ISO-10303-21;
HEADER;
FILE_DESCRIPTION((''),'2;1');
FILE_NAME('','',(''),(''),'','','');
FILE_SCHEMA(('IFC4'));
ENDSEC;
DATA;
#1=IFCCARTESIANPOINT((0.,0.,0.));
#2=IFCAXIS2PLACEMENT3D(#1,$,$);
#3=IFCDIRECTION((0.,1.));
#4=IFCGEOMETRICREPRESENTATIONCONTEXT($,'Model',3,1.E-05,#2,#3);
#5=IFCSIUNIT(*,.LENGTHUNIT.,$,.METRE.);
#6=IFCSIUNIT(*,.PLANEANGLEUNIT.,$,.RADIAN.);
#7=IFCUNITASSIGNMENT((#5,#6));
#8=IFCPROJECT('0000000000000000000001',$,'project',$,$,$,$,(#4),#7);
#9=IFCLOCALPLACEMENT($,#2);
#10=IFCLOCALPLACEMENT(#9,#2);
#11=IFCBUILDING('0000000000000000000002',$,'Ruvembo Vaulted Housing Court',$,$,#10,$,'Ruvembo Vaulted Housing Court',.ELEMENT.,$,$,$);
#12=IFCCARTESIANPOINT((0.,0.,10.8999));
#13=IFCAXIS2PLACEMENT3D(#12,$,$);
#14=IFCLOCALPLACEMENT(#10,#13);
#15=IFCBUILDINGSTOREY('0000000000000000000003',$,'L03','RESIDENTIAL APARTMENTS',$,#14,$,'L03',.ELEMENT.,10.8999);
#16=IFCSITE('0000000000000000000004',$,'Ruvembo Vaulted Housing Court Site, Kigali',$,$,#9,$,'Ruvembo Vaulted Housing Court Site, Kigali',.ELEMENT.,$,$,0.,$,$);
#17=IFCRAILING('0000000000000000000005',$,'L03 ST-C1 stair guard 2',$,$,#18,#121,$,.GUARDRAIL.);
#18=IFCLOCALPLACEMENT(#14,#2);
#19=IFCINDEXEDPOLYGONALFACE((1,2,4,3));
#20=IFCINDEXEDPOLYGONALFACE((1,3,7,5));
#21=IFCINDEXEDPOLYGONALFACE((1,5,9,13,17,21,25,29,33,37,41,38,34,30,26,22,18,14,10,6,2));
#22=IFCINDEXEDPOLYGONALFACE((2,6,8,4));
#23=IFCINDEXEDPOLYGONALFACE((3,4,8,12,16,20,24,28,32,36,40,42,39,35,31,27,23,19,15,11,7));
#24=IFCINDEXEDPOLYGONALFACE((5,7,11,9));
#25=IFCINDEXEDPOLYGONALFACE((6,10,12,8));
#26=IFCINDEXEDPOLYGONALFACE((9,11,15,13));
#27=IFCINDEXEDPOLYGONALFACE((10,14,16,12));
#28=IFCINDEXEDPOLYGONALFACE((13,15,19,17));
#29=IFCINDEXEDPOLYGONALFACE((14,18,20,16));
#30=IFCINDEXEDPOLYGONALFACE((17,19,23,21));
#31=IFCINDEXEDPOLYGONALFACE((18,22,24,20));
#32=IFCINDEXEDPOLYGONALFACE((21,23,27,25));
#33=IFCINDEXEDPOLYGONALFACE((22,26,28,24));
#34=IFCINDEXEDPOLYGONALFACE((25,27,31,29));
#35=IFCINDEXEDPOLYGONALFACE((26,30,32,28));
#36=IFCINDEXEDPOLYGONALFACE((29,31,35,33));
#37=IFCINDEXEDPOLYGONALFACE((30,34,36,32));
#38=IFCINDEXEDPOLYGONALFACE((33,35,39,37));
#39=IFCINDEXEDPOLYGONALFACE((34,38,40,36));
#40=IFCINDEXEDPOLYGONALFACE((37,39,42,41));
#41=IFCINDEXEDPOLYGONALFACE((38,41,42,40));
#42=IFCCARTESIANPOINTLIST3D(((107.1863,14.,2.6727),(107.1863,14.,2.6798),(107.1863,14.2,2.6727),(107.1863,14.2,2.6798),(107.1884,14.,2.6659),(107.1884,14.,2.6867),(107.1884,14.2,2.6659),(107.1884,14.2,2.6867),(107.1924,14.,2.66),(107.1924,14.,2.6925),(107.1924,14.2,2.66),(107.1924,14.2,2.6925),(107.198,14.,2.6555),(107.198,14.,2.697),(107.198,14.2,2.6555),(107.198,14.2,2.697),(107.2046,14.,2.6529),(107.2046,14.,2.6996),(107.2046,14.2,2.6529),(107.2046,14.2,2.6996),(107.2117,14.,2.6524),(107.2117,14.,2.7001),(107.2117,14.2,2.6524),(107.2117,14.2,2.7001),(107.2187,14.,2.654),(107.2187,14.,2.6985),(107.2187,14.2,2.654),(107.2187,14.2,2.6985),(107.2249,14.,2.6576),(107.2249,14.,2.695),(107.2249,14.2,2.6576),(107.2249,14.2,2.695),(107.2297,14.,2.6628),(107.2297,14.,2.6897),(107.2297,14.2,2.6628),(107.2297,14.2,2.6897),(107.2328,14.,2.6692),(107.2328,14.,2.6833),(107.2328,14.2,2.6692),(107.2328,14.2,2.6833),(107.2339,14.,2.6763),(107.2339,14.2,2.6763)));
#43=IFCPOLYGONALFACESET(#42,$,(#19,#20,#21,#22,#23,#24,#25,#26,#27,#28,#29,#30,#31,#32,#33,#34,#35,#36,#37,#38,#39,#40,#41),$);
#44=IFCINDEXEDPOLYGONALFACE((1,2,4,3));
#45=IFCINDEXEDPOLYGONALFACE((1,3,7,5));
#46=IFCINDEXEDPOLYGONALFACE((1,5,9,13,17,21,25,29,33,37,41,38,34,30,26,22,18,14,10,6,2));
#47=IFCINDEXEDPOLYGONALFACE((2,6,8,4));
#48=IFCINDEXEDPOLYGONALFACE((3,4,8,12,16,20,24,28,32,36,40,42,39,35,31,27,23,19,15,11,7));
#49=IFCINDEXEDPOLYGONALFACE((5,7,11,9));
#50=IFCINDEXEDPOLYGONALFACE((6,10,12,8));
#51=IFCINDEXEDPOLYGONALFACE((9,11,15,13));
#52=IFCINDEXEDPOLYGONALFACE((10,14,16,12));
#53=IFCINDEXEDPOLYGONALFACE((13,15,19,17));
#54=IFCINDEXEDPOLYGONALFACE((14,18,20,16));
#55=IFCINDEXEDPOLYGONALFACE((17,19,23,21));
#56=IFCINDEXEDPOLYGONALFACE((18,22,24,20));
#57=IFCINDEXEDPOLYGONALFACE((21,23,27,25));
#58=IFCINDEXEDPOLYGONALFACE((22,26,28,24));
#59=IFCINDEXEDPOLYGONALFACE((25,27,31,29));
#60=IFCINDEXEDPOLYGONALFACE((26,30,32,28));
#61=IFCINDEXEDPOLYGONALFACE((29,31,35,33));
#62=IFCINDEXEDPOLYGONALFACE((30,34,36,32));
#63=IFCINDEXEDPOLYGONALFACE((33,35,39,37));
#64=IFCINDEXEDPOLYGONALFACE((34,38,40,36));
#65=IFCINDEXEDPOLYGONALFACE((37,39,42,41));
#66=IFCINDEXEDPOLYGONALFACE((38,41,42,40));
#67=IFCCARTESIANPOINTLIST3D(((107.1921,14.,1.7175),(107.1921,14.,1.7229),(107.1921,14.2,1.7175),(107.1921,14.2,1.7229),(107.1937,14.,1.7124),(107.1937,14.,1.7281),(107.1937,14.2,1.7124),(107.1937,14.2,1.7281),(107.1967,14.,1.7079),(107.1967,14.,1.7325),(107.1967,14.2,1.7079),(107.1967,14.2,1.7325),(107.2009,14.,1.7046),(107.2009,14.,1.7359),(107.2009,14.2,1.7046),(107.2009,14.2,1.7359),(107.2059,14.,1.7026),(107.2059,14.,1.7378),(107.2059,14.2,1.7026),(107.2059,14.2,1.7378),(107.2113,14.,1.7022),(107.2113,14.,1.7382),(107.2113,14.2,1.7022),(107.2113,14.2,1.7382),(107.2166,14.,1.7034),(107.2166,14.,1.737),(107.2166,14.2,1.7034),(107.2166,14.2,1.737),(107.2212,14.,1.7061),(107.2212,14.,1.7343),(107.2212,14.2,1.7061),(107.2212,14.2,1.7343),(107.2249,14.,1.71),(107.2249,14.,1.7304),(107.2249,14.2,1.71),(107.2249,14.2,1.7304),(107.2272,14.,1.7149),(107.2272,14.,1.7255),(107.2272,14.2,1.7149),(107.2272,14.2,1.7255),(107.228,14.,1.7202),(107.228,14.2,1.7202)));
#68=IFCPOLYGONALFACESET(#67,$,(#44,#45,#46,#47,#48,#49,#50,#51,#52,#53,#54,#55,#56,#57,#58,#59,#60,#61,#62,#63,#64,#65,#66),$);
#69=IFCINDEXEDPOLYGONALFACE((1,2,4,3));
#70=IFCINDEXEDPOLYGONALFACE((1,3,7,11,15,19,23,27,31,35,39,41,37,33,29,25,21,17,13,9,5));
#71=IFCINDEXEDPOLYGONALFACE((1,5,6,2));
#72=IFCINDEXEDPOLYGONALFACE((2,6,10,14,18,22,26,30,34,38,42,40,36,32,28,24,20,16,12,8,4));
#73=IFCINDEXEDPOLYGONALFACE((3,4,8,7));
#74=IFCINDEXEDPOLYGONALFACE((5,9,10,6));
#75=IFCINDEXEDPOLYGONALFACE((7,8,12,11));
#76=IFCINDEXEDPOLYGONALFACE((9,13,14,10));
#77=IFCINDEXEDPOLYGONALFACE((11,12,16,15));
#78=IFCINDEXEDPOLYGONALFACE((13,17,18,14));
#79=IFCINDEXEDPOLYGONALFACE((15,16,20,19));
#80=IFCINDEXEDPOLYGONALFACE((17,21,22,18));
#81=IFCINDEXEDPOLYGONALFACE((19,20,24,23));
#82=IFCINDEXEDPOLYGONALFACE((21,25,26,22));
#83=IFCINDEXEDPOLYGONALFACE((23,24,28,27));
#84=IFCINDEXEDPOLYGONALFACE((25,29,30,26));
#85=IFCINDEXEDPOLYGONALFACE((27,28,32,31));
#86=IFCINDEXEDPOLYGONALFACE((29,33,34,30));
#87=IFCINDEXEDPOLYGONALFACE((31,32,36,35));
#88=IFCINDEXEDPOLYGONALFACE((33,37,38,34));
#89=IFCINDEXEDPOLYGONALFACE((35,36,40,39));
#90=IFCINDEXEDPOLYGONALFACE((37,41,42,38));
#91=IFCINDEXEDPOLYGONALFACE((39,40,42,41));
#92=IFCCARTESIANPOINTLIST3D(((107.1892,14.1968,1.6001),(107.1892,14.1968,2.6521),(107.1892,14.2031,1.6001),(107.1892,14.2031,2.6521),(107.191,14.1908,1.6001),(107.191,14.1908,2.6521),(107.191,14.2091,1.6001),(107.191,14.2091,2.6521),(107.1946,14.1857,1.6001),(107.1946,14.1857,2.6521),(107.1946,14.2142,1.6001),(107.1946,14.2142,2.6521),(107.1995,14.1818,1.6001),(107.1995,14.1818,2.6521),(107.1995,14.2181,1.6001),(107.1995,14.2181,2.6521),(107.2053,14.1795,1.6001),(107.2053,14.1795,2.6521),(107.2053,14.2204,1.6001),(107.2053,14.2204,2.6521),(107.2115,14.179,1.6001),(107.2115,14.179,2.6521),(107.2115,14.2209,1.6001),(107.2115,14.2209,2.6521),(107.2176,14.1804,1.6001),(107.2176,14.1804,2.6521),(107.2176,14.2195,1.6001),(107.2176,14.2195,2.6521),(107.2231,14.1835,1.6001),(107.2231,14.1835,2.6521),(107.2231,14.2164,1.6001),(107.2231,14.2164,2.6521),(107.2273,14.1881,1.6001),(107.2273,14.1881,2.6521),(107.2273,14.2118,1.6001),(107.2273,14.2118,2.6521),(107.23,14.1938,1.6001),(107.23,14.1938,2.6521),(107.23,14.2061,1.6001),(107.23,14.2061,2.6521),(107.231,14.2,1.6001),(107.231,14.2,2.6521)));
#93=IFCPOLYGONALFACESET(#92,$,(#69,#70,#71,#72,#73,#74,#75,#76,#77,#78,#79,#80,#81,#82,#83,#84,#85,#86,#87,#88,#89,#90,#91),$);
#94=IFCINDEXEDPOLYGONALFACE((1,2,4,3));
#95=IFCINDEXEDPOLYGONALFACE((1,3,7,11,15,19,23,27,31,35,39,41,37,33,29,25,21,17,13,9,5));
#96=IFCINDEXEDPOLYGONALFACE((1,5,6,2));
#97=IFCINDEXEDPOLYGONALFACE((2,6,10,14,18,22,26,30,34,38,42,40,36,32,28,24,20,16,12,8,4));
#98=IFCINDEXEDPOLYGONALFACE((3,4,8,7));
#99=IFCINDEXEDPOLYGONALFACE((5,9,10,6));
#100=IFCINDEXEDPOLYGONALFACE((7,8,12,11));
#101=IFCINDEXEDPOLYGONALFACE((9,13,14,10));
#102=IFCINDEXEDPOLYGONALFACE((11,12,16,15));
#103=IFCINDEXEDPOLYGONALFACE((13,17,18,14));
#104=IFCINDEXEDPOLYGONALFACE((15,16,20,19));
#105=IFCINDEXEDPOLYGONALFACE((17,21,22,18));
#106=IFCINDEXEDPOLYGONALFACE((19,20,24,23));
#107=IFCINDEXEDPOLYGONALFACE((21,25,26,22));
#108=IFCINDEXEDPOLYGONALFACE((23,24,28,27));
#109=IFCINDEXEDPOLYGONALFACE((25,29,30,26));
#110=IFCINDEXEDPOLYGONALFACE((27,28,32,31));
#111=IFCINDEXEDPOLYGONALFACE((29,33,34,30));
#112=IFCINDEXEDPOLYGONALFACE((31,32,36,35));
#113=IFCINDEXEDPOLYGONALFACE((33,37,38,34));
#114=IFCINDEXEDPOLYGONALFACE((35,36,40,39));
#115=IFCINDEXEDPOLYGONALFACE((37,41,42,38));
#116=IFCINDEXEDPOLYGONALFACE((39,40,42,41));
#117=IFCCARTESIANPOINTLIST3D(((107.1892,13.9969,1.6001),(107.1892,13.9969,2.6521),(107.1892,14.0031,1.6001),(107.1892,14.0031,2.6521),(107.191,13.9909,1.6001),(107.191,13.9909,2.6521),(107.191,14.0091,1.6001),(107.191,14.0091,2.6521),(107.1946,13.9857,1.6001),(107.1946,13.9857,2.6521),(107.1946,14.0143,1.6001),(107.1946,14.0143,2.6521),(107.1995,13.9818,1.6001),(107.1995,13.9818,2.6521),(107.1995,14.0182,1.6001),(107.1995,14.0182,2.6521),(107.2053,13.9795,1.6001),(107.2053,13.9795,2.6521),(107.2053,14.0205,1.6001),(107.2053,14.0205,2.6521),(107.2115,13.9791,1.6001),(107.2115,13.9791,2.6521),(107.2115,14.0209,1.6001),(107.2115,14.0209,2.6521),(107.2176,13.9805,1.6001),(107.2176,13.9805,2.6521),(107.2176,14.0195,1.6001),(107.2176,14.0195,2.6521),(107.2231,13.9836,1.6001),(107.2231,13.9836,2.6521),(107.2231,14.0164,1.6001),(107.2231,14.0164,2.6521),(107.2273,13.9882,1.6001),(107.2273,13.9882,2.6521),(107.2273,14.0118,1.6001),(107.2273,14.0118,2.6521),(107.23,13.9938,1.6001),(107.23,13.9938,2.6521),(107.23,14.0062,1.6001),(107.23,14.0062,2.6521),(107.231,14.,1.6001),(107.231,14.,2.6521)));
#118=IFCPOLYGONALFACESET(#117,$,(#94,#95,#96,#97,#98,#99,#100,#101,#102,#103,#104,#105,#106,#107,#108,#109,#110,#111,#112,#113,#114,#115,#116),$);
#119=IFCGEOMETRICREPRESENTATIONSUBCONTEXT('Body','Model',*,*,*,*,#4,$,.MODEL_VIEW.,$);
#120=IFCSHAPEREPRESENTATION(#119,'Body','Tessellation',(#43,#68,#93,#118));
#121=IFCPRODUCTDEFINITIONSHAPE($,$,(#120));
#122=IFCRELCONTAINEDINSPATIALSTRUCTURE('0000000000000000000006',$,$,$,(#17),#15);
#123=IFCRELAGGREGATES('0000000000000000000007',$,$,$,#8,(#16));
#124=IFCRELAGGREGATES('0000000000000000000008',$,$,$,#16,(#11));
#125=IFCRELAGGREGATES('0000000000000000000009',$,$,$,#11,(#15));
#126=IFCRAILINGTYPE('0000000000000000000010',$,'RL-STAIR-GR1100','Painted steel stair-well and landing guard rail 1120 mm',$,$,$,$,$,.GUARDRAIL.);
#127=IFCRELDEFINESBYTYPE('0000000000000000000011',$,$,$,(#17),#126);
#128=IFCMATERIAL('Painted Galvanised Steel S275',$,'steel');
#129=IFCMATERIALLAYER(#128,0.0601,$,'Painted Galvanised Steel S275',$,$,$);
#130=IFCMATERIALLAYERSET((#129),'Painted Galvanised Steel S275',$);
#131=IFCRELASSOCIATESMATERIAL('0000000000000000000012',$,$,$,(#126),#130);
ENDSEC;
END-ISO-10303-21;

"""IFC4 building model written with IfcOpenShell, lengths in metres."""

from ifc_helpers import new_model, si_unit, direction, frame, origin, origin_2d, place, context, subcontext, project, spatial, circle, extrude, material, layer, layer_set, type_object, element, save


model = new_model("IFC4")

# Units and contexts
model_context = context("Model", 3, precision=1e-05, world=origin(), true_north=direction((0.0, 1.0)))
body_context = subcontext(model_context, "Body", "Model", "MODEL_VIEW")
ifc_project = project(units=[si_unit("LENGTHUNIT", "METRE"), si_unit("PLANEANGLEUNIT", "RADIAN")], contexts=[model_context])

# Site, building, storey
site_placement = place(None, origin())
site = spatial("IfcSite", under=ifc_project, at=site_placement, Name="Ruvembo Vaulted Housing Court Site, Kigali", LongName="Ruvembo Vaulted Housing Court Site, Kigali", CompositionType="ELEMENT", RefElevation=0.0)
building_placement = place(site_placement, origin())
building = spatial("IfcBuilding", under=site, at=building_placement, Name="Ruvembo Vaulted Housing Court", LongName="Ruvembo Vaulted Housing Court", CompositionType="ELEMENT")
storey_placement = place(building_placement, frame((0.0, 0.0, 10.8999)))
storey = spatial("IfcBuildingStorey", under=building, at=storey_placement, Name="L03", Description="RESIDENTIAL APARTMENTS", LongName="L03", CompositionType="ELEMENT", Elevation=10.8999)

# Railing
ifc_material_1 = material(Name="Painted Galvanised Steel S275", Category="steel")
ifc_layer_1 = layer(ifc_material_1, 0.0601, Name="Painted Galvanised Steel S275")
ifc_layer_set_1 = layer_set([ifc_layer_1], Name="Painted Galvanised Steel S275")
railing_type_1 = type_object("IfcRailingType", Name="RL-STAIR-GR1100", Description="Painted steel stair-well and landing guard rail 1120 mm", PredefinedType="GUARDRAIL", material=ifc_layer_set_1)
railing_1_placement = place(storey_placement, frame((107.21, 14.2, 1.6001)))
element("IfcRailing", 1, at=railing_1_placement, inside=storey, type_object=railing_type_1, Name="L03 ST-C1 stair guard 2", PredefinedType="GUARDRAIL", context=body_context, shape_type="SweptSolid", body=[
    extrude(circle(Radius=0.0239, at=origin_2d()), frame((0.0, 0.0, 1.0762), z_axis=(0.0, -1.0, 0.0), x_axis=(1.0, 0.0, 0.0)), (0.0, 0.0, 1.0), 0.2),
    extrude(circle(Radius=0.0181, at=origin_2d()), frame((0.0, 0.0, 0.1201), z_axis=(0.0, -1.0, 0.0), x_axis=(1.0, 0.0, 0.0)), (0.0, 0.0, 1.0), 0.2),
    extrude(circle(Radius=0.021, at=origin_2d()), origin(), (0.0, 0.0, 1.0), 1.052),
    extrude(circle(Radius=0.021, at=origin_2d()), frame((0.0, -0.2, 0.0)), (0.0, 0.0, 1.0), 1.052),
])

save(model, "model.ifc")
